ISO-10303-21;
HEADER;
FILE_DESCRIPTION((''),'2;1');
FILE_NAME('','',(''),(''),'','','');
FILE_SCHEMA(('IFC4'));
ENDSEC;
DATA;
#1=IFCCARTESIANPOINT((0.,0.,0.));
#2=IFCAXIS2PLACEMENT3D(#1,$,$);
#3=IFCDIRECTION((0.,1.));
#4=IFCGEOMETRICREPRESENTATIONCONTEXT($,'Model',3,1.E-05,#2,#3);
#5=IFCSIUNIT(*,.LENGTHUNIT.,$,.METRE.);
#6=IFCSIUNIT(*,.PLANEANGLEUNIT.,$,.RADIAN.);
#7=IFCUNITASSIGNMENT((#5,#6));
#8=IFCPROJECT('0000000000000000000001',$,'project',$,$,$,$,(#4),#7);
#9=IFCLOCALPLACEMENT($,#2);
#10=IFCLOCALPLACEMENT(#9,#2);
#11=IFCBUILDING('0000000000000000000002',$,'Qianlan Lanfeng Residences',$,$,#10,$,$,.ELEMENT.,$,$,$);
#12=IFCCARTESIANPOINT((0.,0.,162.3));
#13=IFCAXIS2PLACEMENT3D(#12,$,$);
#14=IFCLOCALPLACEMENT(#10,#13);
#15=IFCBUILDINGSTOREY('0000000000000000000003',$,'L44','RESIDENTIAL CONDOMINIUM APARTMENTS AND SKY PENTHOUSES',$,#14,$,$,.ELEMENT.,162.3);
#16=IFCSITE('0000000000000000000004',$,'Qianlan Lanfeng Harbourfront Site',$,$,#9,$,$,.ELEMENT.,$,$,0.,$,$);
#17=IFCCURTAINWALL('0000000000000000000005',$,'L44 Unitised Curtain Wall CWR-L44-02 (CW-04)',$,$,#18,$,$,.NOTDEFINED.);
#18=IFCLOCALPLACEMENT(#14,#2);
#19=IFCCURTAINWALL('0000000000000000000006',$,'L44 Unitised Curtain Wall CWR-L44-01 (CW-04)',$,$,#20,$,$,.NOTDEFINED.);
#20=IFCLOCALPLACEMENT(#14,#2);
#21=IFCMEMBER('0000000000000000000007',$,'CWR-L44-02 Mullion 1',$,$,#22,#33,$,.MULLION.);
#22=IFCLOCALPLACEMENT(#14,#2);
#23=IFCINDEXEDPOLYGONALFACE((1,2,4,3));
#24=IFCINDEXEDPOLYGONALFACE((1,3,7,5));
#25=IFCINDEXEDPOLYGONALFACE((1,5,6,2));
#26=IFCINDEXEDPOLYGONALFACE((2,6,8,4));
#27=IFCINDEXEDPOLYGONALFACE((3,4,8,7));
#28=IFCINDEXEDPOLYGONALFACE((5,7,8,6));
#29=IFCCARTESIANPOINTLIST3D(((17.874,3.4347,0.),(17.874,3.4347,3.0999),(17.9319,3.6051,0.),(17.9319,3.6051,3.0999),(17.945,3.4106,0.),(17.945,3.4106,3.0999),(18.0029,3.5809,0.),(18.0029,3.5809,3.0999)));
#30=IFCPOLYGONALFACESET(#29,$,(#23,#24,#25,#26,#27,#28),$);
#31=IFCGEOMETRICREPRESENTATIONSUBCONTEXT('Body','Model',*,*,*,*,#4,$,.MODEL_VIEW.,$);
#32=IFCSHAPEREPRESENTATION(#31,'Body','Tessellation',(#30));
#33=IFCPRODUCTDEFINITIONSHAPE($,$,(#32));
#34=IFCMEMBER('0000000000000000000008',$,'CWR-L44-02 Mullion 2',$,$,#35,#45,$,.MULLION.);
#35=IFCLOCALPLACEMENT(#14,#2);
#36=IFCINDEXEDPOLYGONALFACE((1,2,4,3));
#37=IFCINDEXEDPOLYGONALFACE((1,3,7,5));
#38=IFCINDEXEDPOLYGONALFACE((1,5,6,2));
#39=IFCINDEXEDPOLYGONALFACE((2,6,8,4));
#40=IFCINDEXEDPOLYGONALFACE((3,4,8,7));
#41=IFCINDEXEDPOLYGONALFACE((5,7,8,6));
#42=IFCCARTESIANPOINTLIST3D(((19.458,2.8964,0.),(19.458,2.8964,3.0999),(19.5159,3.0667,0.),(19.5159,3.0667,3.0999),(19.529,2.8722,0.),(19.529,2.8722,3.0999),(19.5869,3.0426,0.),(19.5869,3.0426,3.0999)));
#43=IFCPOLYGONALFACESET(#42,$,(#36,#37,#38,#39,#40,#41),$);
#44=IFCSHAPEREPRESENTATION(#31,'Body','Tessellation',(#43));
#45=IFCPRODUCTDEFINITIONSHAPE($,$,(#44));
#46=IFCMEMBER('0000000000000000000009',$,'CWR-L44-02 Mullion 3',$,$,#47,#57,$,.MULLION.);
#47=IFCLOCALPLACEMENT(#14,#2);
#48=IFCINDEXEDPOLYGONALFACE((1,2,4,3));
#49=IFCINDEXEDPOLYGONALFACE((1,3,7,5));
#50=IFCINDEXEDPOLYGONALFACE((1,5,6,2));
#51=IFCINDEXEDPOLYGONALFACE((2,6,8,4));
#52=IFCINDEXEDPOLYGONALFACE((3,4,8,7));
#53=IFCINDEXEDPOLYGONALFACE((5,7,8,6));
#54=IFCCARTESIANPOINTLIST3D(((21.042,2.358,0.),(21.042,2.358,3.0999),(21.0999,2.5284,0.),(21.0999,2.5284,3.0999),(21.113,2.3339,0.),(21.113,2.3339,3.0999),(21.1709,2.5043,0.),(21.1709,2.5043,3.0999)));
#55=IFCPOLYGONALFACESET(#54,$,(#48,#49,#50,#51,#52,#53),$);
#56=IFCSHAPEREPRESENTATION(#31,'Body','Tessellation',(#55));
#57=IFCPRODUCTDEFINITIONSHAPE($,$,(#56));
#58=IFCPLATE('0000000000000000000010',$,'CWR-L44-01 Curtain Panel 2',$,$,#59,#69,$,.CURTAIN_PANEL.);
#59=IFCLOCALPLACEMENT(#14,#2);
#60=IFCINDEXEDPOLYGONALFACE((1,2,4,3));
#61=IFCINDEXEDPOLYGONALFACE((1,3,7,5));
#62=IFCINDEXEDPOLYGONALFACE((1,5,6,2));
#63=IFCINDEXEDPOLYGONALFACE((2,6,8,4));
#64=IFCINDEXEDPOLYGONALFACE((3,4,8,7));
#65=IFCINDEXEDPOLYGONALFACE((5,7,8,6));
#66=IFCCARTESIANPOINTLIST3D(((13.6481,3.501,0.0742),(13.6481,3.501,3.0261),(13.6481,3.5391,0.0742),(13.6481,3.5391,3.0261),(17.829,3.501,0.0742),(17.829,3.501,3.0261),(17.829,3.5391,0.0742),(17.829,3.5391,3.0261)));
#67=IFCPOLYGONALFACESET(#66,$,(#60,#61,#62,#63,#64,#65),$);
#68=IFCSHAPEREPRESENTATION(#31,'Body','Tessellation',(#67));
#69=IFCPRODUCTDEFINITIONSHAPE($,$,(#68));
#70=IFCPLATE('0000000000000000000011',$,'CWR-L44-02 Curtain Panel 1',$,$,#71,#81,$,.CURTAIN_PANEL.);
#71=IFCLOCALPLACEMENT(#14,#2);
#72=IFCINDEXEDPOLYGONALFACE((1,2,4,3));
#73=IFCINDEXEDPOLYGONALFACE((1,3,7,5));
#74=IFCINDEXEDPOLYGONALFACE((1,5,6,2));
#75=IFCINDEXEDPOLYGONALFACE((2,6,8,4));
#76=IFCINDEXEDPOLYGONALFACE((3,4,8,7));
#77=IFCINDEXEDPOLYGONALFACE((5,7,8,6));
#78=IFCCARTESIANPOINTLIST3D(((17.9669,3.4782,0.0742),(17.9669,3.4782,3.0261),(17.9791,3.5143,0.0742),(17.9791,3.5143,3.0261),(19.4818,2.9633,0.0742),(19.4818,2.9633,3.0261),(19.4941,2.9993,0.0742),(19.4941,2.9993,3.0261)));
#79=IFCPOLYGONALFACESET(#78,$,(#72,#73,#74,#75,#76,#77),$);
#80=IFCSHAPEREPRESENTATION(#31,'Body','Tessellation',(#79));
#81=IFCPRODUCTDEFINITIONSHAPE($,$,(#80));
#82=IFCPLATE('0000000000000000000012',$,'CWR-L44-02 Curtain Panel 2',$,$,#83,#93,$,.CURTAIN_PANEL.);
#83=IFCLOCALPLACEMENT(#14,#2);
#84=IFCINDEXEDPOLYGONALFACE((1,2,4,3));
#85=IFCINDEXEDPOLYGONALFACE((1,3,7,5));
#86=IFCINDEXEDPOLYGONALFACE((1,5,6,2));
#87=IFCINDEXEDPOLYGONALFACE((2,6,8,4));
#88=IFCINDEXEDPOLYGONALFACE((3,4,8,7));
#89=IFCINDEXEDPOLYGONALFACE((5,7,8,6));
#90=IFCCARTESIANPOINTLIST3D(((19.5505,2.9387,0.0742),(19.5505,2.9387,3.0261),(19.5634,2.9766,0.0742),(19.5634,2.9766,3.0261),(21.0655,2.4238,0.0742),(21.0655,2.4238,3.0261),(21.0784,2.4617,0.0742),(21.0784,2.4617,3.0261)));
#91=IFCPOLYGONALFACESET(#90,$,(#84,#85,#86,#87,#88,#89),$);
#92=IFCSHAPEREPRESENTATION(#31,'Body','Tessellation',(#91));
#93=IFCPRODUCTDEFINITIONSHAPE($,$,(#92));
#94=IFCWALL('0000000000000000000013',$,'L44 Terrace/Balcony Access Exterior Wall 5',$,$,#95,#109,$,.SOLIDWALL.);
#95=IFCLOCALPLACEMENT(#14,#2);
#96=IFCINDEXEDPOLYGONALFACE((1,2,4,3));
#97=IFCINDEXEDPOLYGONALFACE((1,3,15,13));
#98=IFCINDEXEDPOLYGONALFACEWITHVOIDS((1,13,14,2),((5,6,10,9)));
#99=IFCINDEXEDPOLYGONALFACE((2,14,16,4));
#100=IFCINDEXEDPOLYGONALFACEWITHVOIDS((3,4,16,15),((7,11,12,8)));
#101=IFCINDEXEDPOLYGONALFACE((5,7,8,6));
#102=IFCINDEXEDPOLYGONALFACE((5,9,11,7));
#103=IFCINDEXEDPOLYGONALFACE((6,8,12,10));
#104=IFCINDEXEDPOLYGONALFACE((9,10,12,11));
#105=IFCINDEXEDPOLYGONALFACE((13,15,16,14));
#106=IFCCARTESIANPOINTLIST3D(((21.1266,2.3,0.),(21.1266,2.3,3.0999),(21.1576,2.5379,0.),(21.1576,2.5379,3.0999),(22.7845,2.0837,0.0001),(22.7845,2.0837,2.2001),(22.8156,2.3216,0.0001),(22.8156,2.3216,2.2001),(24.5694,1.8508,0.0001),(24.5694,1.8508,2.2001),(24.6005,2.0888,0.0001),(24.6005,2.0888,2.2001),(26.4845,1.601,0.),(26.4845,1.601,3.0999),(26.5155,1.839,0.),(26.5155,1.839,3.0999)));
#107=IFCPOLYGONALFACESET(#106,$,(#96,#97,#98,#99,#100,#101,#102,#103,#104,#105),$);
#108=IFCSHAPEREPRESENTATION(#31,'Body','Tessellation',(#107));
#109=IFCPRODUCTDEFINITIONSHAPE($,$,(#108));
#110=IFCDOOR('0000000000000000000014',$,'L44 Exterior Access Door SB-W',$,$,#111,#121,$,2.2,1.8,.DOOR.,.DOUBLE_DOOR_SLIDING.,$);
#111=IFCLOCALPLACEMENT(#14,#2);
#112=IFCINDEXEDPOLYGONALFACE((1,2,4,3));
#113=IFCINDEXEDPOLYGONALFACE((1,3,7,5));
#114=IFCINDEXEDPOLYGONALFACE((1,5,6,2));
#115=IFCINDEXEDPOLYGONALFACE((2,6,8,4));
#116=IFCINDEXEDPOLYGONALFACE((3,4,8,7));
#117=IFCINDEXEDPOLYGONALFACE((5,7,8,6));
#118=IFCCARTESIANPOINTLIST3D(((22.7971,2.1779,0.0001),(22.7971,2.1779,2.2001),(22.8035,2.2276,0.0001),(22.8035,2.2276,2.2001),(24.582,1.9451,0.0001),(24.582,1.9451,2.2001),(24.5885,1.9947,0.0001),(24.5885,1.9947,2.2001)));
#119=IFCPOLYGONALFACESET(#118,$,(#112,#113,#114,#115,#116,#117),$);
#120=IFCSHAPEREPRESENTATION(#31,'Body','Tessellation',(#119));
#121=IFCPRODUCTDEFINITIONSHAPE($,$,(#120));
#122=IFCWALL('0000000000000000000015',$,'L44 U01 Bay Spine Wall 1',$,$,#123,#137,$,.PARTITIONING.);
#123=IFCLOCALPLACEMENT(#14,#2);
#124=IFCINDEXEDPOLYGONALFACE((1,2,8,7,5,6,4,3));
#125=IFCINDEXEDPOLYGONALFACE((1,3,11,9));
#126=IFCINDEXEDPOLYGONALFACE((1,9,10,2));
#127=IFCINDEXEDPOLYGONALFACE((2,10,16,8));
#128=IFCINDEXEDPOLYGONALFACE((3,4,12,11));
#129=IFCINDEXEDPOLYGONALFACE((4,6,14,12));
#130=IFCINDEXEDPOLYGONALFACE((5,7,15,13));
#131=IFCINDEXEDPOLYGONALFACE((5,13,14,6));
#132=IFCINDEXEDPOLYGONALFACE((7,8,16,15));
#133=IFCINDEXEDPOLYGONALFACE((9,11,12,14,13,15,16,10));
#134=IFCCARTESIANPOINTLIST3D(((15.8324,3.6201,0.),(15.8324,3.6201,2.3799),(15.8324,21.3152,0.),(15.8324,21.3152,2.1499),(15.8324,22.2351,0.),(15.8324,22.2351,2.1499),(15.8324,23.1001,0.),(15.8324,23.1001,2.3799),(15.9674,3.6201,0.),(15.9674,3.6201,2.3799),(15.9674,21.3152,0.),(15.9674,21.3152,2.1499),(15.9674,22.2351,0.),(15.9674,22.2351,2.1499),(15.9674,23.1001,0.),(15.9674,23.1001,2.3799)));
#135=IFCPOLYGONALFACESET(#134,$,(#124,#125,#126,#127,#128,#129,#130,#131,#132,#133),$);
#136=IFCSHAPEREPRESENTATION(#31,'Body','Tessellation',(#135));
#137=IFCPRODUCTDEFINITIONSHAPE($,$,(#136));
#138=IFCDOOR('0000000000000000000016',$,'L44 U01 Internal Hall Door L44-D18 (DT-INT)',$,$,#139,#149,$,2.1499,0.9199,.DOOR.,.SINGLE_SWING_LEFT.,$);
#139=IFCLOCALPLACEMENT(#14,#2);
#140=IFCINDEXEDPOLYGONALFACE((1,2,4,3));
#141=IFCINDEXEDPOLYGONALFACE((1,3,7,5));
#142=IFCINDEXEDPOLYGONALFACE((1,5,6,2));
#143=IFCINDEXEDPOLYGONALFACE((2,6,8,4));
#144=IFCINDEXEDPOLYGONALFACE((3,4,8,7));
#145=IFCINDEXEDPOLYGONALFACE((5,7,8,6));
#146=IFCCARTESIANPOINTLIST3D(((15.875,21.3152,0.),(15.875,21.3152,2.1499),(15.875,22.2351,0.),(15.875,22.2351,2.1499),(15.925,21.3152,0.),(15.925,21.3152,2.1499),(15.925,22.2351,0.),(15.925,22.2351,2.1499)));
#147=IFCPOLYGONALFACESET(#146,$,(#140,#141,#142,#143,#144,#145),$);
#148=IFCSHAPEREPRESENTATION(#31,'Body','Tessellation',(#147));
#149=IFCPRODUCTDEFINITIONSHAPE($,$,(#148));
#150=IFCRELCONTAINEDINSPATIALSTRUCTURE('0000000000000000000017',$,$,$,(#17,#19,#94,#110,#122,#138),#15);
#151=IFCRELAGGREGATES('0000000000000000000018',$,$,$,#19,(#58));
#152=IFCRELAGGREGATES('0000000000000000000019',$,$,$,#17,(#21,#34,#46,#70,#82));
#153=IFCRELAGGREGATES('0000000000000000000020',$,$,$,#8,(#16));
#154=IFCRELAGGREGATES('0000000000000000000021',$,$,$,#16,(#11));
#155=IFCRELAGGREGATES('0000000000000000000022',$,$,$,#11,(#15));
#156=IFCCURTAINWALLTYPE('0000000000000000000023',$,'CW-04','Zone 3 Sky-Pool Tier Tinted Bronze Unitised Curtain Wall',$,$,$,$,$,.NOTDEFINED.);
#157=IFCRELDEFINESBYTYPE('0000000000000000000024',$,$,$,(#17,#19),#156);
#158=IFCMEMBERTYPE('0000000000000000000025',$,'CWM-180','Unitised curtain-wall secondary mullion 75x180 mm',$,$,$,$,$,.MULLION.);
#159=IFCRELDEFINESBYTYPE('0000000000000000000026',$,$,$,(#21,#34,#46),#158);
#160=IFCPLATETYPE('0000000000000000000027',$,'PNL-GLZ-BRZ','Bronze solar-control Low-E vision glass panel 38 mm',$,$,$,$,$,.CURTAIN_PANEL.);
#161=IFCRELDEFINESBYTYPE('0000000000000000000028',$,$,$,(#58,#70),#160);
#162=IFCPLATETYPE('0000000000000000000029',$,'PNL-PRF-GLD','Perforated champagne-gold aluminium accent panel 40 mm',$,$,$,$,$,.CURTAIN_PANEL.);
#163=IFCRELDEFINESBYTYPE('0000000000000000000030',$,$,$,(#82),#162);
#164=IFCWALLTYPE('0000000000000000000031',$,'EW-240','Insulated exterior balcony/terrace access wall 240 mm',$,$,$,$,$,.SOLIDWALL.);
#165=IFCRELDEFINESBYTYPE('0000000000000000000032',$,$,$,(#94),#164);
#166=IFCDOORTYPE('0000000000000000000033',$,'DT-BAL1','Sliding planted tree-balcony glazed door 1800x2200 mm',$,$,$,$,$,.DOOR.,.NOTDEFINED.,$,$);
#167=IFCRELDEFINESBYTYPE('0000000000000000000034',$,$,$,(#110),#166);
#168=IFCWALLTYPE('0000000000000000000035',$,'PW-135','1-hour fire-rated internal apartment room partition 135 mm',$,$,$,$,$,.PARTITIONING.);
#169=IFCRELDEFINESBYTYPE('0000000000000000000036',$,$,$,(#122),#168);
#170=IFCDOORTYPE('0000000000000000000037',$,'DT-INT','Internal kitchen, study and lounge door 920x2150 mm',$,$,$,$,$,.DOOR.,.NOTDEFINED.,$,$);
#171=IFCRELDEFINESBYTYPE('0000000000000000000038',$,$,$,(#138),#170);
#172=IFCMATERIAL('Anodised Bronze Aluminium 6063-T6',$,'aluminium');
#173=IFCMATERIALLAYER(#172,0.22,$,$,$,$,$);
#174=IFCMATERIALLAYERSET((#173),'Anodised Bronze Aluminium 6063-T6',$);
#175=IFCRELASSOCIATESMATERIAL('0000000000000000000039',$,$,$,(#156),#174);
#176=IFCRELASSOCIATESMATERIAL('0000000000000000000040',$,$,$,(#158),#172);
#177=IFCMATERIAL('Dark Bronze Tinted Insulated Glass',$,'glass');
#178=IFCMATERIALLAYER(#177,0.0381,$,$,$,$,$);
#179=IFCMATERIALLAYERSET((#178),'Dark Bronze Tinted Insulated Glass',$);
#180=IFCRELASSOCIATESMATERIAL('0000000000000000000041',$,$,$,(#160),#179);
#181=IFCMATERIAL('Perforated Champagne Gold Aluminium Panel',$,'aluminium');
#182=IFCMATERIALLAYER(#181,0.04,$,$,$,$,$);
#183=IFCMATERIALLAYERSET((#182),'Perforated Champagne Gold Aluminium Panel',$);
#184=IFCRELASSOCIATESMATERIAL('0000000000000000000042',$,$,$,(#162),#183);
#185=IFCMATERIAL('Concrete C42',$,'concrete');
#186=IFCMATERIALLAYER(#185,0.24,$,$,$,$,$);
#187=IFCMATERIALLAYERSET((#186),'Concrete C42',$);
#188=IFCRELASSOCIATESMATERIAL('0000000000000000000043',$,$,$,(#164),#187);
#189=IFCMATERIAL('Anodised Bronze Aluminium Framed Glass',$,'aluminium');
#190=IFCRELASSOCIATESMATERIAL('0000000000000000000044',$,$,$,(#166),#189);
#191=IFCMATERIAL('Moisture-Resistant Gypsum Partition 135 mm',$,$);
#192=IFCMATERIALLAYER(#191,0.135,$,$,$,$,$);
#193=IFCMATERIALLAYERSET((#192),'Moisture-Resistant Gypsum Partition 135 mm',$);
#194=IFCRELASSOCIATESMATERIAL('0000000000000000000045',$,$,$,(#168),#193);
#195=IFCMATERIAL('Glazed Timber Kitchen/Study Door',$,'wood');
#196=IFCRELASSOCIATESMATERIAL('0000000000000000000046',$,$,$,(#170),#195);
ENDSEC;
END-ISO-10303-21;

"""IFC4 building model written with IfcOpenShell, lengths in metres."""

from ifc_helpers import new_model, si_unit, direction, frame, frame_2d, origin, origin_2d, place, context, subcontext, project, spatial, rectangle, extrude, source, transform, mapped, material, layer, layer_set, material_profile, profile_set, type_object, element, fill, aggregate, save


model = new_model("IFC4")

# Units and contexts
model_context = context("Model", 3, precision=1e-05, world=origin(), true_north=direction((0.0, 1.0)))
body_context = subcontext(model_context, "Body", "Model", "MODEL_VIEW")
ifc_project = project(units=[si_unit("LENGTHUNIT", "METRE"), si_unit("PLANEANGLEUNIT", "RADIAN")], contexts=[model_context])

# Site, building, storey
site_placement = place(None, origin())
site = spatial("IfcSite", under=ifc_project, at=site_placement, Name="Qianlan Lanfeng Harbourfront Site", CompositionType="ELEMENT", RefElevation=0.0)
building_placement = place(site_placement, origin())
building = spatial("IfcBuilding", under=site, at=building_placement, Name="Qianlan Lanfeng Residences", CompositionType="ELEMENT")
storey_placement = place(building_placement, frame((0.0, 0.0, 162.3)))
storey = spatial("IfcBuildingStorey", under=building, at=storey_placement, Name="L44", Description="RESIDENTIAL CONDOMINIUM APARTMENTS AND SKY PENTHOUSES", CompositionType="ELEMENT", Elevation=162.3)

# Curtain wall
ifc_material_1 = material(Name="Anodised Bronze Aluminium 6063-T6", Category="aluminium")
ifc_layer_1 = layer(ifc_material_1, 0.22)
ifc_layer_set_1 = layer_set([ifc_layer_1], Name="Anodised Bronze Aluminium 6063-T6")
curtain_wall_type = type_object("IfcCurtainWallType", Name="CW-04", Description="Zone 3 Sky-Pool Tier Tinted Bronze Unitised Curtain Wall", PredefinedType="NOTDEFINED", material=ifc_layer_set_1)
curtain_wall_1_placement = place(storey_placement, origin())
curtain_wall_1 = element("IfcCurtainWall", 1, at=curtain_wall_1_placement, inside=storey, type_object=curtain_wall_type, Name="L44 Unitised Curtain Wall CWR-L44-02 (CW-04)", PredefinedType="NOTDEFINED")

# Curtain wall
curtain_wall_2_placement = place(storey_placement, origin())
curtain_wall_2 = element("IfcCurtainWall", 2, at=curtain_wall_2_placement, inside=storey, type_object=curtain_wall_type, Name="L44 Unitised Curtain Wall CWR-L44-01 (CW-04)", PredefinedType="NOTDEFINED")
ifc_material_profile_1 = material_profile(ifc_material_1, rectangle(XDim=0.075, YDim=0.1799, at=origin_2d()), Name="ALU MULLION 75x180")
ifc_profile_set_1 = profile_set([ifc_material_profile_1], Name="Anodised Bronze Aluminium 6063-T6")
member_type_1 = type_object("IfcMemberType", Name="CWM-180", Description="Unitised curtain-wall secondary mullion 75x180 mm", PredefinedType="MULLION", material=ifc_profile_set_1)
shared_shape_1 = source(origin(), body_context, "Body", "SweptSolid", [
    extrude(rectangle(XDim=0.075, YDim=0.1799, at=origin_2d()), origin(), (0.0, 0.0, 1.0), 3.0999),
])

# Members
member_1_placement = place(storey_placement, frame((17.9385, 3.5078, 0.0), z_axis=(0.0, 0.0, 1.0), x_axis=(0.946796, -0.321834, 0.0)))
member_1 = element("IfcMember", 3, at=member_1_placement, type_object=member_type_1, Name="CWR-L44-02 Mullion 1", PredefinedType="MULLION", context=body_context, shape_type="MappedRepresentation", body=[
    mapped(shared_shape_1, transform((0.0, 0.0, 0.0), scale=1.0)),
])
member_2_placement = place(storey_placement, frame((19.5225, 2.9695, 0.0), z_axis=(0.0, 0.0, 1.0), x_axis=(0.946796, -0.321834, 0.0)))
member_2 = element("IfcMember", 4, at=member_2_placement, type_object=member_type_1, Name="CWR-L44-02 Mullion 2", PredefinedType="MULLION", context=body_context, shape_type="MappedRepresentation", body=[
    mapped(shared_shape_1, transform((0.0, 0.0, 0.0), scale=1.0)),
])
member_3_placement = place(storey_placement, frame((21.1064, 2.4312, 0.0), z_axis=(0.0, 0.0, 1.0), x_axis=(0.946796, -0.321834, 0.0)))
member_3 = element("IfcMember", 5, at=member_3_placement, type_object=member_type_1, Name="CWR-L44-02 Mullion 3", PredefinedType="MULLION", context=body_context, shape_type="MappedRepresentation", body=[
    mapped(shared_shape_1, transform((0.0, 0.0, 0.0), scale=1.0)),
])

# Plates
ifc_material_2 = material(Name="Dark Bronze Tinted Insulated Glass", Category="glass")
ifc_layer_2 = layer(ifc_material_2, 0.0381)
ifc_layer_set_2 = layer_set([ifc_layer_2], Name="Dark Bronze Tinted Insulated Glass")
plate_type_1 = type_object("IfcPlateType", Name="PNL-GLZ-BRZ", Description="Bronze solar-control Low-E vision glass panel 38 mm", PredefinedType="CURTAIN_PANEL", material=ifc_layer_set_2)
shared_shape_2 = source(origin(), body_context, "Body", "SweptSolid", [
    extrude(rectangle(XDim=4.1809, YDim=0.0381, at=origin_2d()), origin(), (0.0, 0.0, 1.0), 2.9519),
])
plate_1_placement = place(storey_placement, frame((15.7385, 3.52, 0.0742), z_axis=(0.0, 0.0, 1.0), x_axis=(1.0, 0.0, 0.0)))
plate_1 = element("IfcPlate", 6, at=plate_1_placement, type_object=plate_type_1, Name="CWR-L44-01 Curtain Panel 2", PredefinedType="CURTAIN_PANEL", context=body_context, shape_type="MappedRepresentation", body=[
    mapped(shared_shape_2, transform((0.0, 0.0, 0.0), scale=1.0)),
])
aggregate(curtain_wall_2, [plate_1])
shared_shape_3 = source(origin(), body_context, "Body", "SweptSolid", [
    extrude(rectangle(XDim=1.6001, YDim=0.0381, at=origin_2d()), origin(), (0.0, 0.0, 1.0), 2.9519),
])
plate_2_placement = place(storey_placement, frame((18.7305, 3.2388, 0.0742), z_axis=(0.0, 0.0, 1.0), x_axis=(0.946796, -0.321834, 0.0)))
plate_2 = element("IfcPlate", 7, at=plate_2_placement, type_object=plate_type_1, Name="CWR-L44-02 Curtain Panel 1", PredefinedType="CURTAIN_PANEL", context=body_context, shape_type="MappedRepresentation", body=[
    mapped(shared_shape_3, transform((0.0, 0.0, 0.0), scale=1.0)),
])
ifc_material_3 = material(Name="Perforated Champagne Gold Aluminium Panel", Category="aluminium")
ifc_layer_3 = layer(ifc_material_3, 0.04)
ifc_layer_set_3 = layer_set([ifc_layer_3], Name="Perforated Champagne Gold Aluminium Panel")
plate_type_2 = type_object("IfcPlateType", Name="PNL-PRF-GLD", Description="Perforated champagne-gold aluminium accent panel 40 mm", PredefinedType="CURTAIN_PANEL", material=ifc_layer_set_3)
shared_shape_4 = source(origin(), body_context, "Body", "SweptSolid", [
    extrude(rectangle(XDim=1.6001, YDim=0.04, at=origin_2d()), origin(), (0.0, 0.0, 1.0), 2.9519),
])
plate_3_placement = place(storey_placement, frame((20.3145, 2.7002, 0.0742), z_axis=(0.0, 0.0, 1.0), x_axis=(0.946796, -0.321834, 0.0)))
plate_3 = element("IfcPlate", 8, at=plate_3_placement, type_object=plate_type_2, Name="CWR-L44-02 Curtain Panel 2", PredefinedType="CURTAIN_PANEL", context=body_context, shape_type="MappedRepresentation", body=[
    mapped(shared_shape_4, transform((0.0, 0.0, 0.0), scale=1.0)),
])
aggregate(curtain_wall_1, [member_1, member_2, member_3, plate_2, plate_3])

# Walls, openings, doors
ifc_material_4 = material(Name="Concrete C42", Category="concrete")
ifc_layer_4 = layer(ifc_material_4, 0.24)
ifc_layer_set_4 = layer_set([ifc_layer_4], Name="Concrete C42")
wall_type_1 = type_object("IfcWallType", Name="EW-240", Description="Insulated exterior balcony/terrace access wall 240 mm", PredefinedType="SOLIDWALL", material=ifc_layer_set_4)
wall_1_placement = place(storey_placement, frame((21.1421, 2.4189, 0.0), z_axis=(0.0, 0.0, 1.0), x_axis=(0.991598, -0.12936, 0.0)))
wall_1 = element("IfcWall", 9, at=wall_1_placement, inside=storey, type_object=wall_type_1, Name="L44 Terrace/Balcony Access Exterior Wall 5", PredefinedType="SOLIDWALL", context=body_context, shape_type="SweptSolid", body=[
    extrude(rectangle(XDim=5.4033, YDim=0.24, at=frame_2d((2.7017, 0.0))), origin(), (0.0, 0.0, 1.0), 3.0999),
])
opening_1_placement = place(wall_1_placement, frame((1.6721, 0.0, 0.0)))
opening_1 = element("IfcOpeningElement", 10, at=opening_1_placement, cuts=wall_1, PredefinedType="OPENING", context=body_context, shape_type="SweptSolid", body=[
    extrude(rectangle(XDim=1.8, YDim=2.2, at=frame_2d((0.8999, 1.1001))), frame((0.0, 0.1299, 0.0), z_axis=(0.0, -1.0, 0.0), x_axis=(1.0, 0.0, 0.0)), (0.0, 0.0, 1.0), 0.26),
])
ifc_material_5 = material(Name="Anodised Bronze Aluminium Framed Glass", Category="aluminium")
door_type_1 = type_object("IfcDoorType", Name="DT-BAL1", Description="Sliding planted tree-balcony glazed door 1800x2200 mm", OperationType="NOTDEFINED", PredefinedType="DOOR", material=ifc_material_5)
door_1_placement = place(opening_1_placement, frame((1.8, 0.0, 0.0), z_axis=(0.0, 0.0, 1.0), x_axis=(-1.0, 0.0, 0.0)))
door_1 = element("IfcDoor", 11, at=door_1_placement, inside=storey, type_object=door_type_1, Name="L44 Exterior Access Door SB-W", OperationType="DOUBLE_DOOR_SLIDING", OverallHeight=2.2, OverallWidth=1.8, PredefinedType="DOOR", context=body_context, shape_type="SweptSolid", body=[
    extrude(rectangle(XDim=1.8, YDim=2.2, at=frame_2d((0.8999, 1.1001))), frame((0.0, 0.0249, 0.0), z_axis=(0.0, -1.0, 0.0), x_axis=(1.0, 0.0, 0.0)), (0.0, 0.0, 1.0), 0.05),
])
fill(opening_1, door_1)
ifc_material_6 = material(Name="Moisture-Resistant Gypsum Partition 135 mm")
ifc_layer_5 = layer(ifc_material_6, 0.135)
ifc_layer_set_5 = layer_set([ifc_layer_5], Name="Moisture-Resistant Gypsum Partition 135 mm")
wall_type_2 = type_object("IfcWallType", Name="PW-135", Description="1-hour fire-rated internal apartment room partition 135 mm", PredefinedType="PARTITIONING", material=ifc_layer_set_5)
wall_2_placement = place(storey_placement, frame((15.8999, 3.6201, 0.0), z_axis=(0.0, 0.0, 1.0), x_axis=(0.0, 1.0, 0.0)))
wall_2 = element("IfcWall", 12, at=wall_2_placement, inside=storey, type_object=wall_type_2, Name="L44 U01 Bay Spine Wall 1", PredefinedType="PARTITIONING", context=body_context, shape_type="SweptSolid", body=[
    extrude(rectangle(XDim=19.48, YDim=0.135, at=frame_2d((9.74, 0.0))), origin(), (0.0, 0.0, 1.0), 2.3799),
])
opening_2_placement = place(wall_2_placement, frame((17.6951, 0.0, 0.0)))
opening_2 = element("IfcOpeningElement", 13, at=opening_2_placement, cuts=wall_2, PredefinedType="OPENING", context=body_context, shape_type="SweptSolid", body=[
    extrude(rectangle(XDim=0.9199, YDim=2.1499, at=frame_2d((0.46, 1.075))), frame((0.0, 0.0776, 0.0), z_axis=(0.0, -1.0, 0.0), x_axis=(1.0, 0.0, 0.0)), (0.0, 0.0, 1.0), 0.155),
])
ifc_material_7 = material(Name="Glazed Timber Kitchen/Study Door", Category="wood")
door_type_2 = type_object("IfcDoorType", Name="DT-INT", Description="Internal kitchen, study and lounge door 920x2150 mm", OperationType="NOTDEFINED", PredefinedType="DOOR", material=ifc_material_7)
door_2_placement = place(opening_2_placement, origin())
door_2 = element("IfcDoor", 14, at=door_2_placement, inside=storey, type_object=door_type_2, Name="L44 U01 Internal Hall Door L44-D18 (DT-INT)", OperationType="SINGLE_SWING_LEFT", OverallHeight=2.1499, OverallWidth=0.9199, PredefinedType="DOOR", context=body_context, shape_type="SweptSolid", body=[
    extrude(rectangle(XDim=0.9199, YDim=2.1499, at=frame_2d((0.46, 1.075))), frame((0.0, 0.0249, 0.0), z_axis=(0.0, -1.0, 0.0), x_axis=(1.0, 0.0, 0.0)), (0.0, 0.0, 1.0), 0.05),
])
fill(opening_2, door_2)

save(model, "model.ifc")
